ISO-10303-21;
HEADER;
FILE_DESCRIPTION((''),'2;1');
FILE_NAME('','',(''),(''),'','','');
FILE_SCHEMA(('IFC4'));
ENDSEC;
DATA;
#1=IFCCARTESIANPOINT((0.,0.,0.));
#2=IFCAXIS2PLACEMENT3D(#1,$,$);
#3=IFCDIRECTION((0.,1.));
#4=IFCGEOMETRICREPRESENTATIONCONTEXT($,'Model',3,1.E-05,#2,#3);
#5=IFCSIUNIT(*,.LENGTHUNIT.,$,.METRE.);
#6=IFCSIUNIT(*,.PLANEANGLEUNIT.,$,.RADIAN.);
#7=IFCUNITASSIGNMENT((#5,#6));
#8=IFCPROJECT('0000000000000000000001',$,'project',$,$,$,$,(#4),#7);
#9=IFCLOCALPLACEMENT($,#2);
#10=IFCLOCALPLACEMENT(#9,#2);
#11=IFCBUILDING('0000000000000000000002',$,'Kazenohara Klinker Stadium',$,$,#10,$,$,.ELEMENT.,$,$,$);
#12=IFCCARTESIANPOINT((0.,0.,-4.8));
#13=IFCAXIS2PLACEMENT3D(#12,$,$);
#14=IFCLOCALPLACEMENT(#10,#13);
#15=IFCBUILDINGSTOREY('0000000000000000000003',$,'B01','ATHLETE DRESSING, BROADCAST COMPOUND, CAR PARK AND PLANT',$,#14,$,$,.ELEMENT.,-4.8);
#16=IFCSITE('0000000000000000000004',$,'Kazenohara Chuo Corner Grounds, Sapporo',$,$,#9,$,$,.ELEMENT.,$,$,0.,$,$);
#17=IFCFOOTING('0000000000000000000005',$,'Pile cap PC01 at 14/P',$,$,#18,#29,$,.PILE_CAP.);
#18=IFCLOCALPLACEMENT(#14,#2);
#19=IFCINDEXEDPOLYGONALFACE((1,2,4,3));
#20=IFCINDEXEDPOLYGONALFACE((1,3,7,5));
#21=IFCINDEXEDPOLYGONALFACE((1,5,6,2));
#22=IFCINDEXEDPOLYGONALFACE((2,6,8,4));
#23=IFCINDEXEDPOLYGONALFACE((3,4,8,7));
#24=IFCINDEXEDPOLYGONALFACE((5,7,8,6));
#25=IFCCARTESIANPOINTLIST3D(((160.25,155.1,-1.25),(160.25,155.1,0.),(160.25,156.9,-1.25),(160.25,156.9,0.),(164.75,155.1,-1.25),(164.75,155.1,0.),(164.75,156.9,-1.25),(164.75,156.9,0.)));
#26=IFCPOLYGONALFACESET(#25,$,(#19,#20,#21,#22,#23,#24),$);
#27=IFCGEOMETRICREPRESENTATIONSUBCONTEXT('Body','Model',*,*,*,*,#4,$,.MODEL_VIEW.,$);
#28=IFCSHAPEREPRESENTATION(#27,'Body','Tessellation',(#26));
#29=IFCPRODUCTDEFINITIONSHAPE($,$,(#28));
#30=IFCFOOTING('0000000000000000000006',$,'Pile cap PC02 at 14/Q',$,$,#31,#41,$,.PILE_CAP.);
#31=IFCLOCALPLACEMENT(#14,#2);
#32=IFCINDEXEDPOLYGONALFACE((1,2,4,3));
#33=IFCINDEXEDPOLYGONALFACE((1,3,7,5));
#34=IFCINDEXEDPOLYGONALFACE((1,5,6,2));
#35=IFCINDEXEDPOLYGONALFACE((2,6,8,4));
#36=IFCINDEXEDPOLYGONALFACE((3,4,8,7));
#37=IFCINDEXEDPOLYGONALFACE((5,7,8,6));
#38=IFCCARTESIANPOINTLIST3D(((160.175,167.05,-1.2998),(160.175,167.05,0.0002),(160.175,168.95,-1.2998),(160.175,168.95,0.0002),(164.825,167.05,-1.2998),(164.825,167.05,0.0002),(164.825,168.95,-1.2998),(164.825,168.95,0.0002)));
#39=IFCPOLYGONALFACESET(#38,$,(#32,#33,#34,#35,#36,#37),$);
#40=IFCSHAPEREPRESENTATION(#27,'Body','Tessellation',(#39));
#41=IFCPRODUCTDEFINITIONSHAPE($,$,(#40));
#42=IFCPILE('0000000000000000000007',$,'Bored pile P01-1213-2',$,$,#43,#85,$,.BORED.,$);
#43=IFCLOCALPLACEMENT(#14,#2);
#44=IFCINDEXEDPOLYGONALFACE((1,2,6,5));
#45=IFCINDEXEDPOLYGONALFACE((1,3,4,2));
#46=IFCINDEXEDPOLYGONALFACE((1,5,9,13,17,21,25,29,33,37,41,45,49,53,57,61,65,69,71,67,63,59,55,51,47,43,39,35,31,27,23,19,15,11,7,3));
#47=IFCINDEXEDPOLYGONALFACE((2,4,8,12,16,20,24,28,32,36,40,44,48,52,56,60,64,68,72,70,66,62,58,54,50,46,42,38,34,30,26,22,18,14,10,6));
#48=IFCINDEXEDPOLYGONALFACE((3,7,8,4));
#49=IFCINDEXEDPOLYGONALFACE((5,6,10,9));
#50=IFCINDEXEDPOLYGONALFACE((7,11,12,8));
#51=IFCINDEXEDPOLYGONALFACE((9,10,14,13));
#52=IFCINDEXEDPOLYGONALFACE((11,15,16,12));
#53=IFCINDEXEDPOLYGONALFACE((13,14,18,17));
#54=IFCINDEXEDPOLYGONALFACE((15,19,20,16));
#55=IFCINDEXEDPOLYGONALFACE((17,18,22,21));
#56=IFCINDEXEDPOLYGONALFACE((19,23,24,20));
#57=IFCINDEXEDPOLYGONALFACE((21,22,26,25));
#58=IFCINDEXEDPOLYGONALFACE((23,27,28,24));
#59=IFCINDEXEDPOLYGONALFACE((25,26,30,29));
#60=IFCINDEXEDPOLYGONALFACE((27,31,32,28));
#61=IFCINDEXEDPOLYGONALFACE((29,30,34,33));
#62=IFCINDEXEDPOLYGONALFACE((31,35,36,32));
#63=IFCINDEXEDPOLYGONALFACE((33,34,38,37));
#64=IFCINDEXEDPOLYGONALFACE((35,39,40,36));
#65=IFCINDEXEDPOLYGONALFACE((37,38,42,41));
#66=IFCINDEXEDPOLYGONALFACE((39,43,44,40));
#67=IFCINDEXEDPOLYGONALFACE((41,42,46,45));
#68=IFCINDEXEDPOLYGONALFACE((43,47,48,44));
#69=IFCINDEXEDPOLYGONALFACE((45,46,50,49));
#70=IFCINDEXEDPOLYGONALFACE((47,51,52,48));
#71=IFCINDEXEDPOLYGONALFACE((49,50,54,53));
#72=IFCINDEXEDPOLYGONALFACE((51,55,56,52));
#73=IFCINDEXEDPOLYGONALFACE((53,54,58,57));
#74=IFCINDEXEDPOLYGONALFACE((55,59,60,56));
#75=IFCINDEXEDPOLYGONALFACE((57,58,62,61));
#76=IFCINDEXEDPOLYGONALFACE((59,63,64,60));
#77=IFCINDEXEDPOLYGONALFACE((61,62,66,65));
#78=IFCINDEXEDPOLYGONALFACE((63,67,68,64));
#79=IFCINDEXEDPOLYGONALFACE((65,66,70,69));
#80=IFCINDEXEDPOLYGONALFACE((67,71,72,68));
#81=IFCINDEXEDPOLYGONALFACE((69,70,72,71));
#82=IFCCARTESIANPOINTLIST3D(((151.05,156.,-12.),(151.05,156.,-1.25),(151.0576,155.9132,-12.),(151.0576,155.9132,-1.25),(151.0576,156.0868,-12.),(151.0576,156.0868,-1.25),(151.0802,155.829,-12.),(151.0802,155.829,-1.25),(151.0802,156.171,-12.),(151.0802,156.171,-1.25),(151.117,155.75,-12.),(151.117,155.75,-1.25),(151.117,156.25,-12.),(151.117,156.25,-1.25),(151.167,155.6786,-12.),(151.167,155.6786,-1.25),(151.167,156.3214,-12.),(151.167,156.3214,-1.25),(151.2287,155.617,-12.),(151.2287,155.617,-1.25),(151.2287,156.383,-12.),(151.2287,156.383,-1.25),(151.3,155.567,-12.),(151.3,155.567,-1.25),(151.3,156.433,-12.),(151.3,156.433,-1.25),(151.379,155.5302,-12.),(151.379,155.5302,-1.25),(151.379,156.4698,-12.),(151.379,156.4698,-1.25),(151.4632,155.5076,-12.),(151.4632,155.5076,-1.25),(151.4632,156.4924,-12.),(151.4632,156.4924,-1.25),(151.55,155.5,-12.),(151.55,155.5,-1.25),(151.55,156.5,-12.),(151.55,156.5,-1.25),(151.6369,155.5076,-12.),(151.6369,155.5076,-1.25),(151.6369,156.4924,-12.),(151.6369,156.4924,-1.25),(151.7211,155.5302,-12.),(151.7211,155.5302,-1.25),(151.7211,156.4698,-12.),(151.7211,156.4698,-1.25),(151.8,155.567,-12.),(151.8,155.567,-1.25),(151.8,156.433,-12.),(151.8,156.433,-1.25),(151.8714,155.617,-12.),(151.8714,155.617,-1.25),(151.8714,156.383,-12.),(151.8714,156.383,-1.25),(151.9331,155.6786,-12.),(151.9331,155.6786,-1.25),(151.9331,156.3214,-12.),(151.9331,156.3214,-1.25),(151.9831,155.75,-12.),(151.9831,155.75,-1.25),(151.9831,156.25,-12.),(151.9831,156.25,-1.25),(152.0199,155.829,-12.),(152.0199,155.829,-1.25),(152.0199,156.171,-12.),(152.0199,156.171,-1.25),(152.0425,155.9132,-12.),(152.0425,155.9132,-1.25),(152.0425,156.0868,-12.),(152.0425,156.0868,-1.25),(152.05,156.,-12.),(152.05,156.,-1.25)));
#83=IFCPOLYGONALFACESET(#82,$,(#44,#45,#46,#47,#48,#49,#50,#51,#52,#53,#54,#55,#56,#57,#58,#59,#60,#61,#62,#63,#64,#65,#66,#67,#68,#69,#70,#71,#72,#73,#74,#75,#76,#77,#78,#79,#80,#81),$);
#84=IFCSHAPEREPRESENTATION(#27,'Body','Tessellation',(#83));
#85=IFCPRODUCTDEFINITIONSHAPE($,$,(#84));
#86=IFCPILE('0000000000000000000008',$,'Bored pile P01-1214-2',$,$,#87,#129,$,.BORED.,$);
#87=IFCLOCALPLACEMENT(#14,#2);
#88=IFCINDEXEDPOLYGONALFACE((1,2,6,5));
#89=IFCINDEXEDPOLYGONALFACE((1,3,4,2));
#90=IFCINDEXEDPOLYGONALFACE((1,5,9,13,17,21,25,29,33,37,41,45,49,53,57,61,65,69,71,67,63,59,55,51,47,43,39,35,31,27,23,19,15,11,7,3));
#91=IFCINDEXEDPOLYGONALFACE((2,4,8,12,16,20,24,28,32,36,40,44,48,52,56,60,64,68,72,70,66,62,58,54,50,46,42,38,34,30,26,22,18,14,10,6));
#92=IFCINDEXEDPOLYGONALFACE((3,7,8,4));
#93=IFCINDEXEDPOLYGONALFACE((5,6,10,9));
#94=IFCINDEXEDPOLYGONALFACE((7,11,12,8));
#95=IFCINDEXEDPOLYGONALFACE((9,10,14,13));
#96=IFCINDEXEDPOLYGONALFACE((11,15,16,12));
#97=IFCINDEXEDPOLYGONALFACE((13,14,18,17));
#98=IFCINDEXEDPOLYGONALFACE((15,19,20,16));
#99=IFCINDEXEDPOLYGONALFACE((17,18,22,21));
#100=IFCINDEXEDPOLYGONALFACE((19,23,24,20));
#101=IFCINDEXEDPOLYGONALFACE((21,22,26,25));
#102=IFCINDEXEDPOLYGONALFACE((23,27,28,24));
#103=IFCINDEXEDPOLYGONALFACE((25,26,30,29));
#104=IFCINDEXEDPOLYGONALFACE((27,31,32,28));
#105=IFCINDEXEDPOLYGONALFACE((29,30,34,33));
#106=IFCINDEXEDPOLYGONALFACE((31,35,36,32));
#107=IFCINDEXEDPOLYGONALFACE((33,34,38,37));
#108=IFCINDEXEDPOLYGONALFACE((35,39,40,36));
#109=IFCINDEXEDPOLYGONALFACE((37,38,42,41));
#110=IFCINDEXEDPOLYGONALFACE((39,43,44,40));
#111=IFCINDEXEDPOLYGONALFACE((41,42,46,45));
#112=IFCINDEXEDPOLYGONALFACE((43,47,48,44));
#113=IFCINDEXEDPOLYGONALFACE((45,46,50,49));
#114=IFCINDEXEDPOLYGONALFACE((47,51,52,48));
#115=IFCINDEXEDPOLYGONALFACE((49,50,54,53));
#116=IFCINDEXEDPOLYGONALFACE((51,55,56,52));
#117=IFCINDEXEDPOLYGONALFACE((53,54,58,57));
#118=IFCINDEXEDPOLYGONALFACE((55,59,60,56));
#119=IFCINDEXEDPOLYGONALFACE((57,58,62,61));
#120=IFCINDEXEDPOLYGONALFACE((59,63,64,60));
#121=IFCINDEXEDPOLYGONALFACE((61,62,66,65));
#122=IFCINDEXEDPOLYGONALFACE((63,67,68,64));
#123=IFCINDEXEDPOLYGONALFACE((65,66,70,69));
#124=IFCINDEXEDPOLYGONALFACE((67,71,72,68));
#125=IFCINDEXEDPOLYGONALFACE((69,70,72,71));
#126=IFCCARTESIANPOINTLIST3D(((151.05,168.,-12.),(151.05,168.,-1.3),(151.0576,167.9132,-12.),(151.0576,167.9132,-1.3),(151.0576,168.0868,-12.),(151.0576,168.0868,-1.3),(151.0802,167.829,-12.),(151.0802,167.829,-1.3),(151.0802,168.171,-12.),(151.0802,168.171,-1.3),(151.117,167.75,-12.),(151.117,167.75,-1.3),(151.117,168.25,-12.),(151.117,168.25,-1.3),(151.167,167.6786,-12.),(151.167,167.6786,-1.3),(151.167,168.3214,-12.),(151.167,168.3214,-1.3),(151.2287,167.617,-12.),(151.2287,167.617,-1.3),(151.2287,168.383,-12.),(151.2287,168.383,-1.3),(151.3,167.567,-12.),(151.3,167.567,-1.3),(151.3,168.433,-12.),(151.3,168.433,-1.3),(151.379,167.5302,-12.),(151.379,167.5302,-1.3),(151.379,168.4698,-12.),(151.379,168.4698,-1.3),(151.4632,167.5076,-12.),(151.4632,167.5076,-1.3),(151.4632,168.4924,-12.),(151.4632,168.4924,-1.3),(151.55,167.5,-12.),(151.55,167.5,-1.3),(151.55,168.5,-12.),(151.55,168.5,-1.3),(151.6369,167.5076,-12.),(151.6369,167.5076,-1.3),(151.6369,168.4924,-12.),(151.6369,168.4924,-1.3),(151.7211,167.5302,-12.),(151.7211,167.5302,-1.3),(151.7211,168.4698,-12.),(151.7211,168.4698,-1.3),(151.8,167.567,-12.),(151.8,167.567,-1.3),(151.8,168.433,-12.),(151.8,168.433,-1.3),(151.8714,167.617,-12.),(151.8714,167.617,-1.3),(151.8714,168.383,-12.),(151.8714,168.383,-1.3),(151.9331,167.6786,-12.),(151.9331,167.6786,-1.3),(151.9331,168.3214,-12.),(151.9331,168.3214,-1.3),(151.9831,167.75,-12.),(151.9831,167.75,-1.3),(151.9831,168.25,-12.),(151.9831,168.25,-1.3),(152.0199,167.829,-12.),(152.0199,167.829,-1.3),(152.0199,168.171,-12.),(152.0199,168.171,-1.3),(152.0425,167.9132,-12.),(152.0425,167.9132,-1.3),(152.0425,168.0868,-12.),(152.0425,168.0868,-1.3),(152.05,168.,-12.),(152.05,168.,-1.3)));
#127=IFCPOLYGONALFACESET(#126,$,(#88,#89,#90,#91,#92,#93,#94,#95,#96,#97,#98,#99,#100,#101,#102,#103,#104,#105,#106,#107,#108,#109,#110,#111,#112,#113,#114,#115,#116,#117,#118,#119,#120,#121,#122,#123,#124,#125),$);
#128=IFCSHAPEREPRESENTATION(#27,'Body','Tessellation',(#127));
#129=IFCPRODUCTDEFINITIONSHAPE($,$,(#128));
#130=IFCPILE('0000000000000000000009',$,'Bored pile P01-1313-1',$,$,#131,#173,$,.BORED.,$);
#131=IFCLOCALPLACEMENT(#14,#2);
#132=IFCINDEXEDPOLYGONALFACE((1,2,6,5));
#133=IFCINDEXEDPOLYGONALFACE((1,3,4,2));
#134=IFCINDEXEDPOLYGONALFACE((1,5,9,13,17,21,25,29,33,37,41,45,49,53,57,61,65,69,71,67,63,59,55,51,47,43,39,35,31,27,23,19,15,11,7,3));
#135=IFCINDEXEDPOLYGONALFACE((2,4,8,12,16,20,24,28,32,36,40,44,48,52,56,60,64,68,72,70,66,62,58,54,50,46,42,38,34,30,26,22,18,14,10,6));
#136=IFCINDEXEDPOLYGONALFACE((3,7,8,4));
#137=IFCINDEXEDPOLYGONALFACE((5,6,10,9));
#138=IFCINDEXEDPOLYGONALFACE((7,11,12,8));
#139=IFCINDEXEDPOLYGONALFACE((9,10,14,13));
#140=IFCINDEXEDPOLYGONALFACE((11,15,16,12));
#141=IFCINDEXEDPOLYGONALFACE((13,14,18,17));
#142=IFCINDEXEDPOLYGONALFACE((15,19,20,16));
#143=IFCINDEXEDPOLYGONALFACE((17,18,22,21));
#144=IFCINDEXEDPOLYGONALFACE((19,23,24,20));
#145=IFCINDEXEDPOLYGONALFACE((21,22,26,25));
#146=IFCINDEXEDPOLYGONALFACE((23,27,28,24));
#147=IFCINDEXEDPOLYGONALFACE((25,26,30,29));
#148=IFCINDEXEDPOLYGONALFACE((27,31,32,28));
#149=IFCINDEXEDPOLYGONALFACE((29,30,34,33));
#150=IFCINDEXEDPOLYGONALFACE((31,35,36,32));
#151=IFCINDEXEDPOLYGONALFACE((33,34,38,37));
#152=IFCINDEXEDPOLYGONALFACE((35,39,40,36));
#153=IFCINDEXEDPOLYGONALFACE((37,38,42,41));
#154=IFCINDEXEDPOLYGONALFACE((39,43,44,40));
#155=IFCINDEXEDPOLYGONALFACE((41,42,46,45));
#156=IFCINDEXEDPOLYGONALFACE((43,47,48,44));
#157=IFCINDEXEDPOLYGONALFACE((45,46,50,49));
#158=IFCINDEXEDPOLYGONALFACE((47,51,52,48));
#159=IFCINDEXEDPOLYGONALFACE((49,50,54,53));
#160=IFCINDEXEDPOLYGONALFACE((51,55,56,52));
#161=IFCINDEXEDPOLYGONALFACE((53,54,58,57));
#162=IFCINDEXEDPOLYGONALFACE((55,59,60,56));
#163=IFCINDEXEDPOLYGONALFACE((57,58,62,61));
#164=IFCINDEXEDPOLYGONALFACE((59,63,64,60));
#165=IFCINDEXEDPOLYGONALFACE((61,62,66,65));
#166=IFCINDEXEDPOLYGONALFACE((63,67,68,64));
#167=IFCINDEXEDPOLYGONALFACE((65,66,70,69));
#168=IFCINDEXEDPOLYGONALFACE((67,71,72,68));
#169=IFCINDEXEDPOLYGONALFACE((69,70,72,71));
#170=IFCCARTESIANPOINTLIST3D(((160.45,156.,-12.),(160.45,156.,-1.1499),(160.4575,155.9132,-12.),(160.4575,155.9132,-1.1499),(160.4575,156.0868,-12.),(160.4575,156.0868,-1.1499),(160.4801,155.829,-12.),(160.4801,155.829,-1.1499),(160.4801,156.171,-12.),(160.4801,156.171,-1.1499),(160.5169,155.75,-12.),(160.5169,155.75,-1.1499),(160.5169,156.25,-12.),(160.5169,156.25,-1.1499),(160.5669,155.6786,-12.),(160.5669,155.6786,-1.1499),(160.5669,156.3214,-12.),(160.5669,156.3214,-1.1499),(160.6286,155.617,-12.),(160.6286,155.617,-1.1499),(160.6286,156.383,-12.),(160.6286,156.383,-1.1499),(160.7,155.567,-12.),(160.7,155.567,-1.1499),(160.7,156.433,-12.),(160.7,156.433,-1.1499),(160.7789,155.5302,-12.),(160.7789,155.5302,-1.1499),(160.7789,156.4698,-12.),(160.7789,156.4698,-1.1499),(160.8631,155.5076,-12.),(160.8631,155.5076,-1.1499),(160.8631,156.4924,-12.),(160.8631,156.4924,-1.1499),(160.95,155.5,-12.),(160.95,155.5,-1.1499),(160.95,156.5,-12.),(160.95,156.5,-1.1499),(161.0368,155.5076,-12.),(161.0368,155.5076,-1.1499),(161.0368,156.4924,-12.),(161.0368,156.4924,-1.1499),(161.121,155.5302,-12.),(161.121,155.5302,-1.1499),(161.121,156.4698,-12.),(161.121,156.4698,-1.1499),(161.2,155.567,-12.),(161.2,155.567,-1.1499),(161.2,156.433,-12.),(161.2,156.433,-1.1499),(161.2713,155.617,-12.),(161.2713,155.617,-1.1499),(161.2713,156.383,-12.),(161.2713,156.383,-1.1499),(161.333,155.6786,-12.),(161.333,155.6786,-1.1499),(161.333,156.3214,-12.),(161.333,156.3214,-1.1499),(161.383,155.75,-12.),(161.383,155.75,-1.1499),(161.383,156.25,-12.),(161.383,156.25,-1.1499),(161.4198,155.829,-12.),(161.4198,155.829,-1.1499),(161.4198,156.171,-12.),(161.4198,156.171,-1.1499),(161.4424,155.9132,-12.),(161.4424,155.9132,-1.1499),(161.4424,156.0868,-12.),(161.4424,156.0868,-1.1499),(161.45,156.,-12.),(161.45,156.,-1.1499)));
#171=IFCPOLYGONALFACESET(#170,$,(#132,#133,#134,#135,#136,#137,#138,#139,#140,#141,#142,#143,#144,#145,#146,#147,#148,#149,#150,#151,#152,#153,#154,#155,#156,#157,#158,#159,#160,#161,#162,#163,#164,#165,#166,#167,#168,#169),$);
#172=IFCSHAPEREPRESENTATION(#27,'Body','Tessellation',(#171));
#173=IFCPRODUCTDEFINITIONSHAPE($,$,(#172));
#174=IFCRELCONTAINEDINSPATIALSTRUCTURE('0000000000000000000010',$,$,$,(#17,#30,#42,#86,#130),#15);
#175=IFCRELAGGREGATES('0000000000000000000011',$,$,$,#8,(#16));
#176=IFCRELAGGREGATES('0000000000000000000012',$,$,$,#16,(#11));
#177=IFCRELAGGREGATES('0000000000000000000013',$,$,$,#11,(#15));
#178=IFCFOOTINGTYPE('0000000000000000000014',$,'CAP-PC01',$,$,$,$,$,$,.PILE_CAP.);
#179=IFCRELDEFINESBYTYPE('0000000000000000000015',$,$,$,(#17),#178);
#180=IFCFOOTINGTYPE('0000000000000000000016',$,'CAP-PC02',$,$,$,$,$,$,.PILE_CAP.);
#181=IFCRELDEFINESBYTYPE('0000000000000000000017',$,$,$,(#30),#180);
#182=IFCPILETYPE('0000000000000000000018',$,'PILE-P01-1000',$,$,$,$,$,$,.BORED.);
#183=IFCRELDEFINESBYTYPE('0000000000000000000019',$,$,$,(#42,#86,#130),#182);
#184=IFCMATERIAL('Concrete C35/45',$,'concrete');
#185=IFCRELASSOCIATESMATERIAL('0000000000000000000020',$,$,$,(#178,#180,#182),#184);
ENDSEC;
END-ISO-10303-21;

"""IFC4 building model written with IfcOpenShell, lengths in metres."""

from ifc_helpers import new_model, si_unit, direction, frame, origin, origin_2d, place, context, subcontext, project, spatial, rectangle, circle, extrude, material, material_profile, profile_set, type_object, element, save


model = new_model("IFC4")

# Units and contexts
model_context = context("Model", 3, precision=1e-05, world=origin(), true_north=direction((0.0, 1.0)))
body_context = subcontext(model_context, "Body", "Model", "MODEL_VIEW")
ifc_project = project(units=[si_unit("LENGTHUNIT", "METRE"), si_unit("PLANEANGLEUNIT", "RADIAN")], contexts=[model_context])

# Site, building, storey
site_placement = place(None, origin())
site = spatial("IfcSite", under=ifc_project, at=site_placement, Name="Kazenohara Chuo Corner Grounds, Sapporo", CompositionType="ELEMENT", RefElevation=0.0)
building_placement = place(site_placement, origin())
building = spatial("IfcBuilding", under=site, at=building_placement, Name="Kazenohara Klinker Stadium", CompositionType="ELEMENT")
storey_placement = place(building_placement, frame((0.0, 0.0, -4.8)))
storey = spatial("IfcBuildingStorey", under=building, at=storey_placement, Name="B01", Description="ATHLETE DRESSING, BROADCAST COMPOUND, CAR PARK AND PLANT", CompositionType="ELEMENT", Elevation=-4.8)

# Footings
ifc_material_1 = material(Name="Concrete C35/45", Category="concrete")
footing_type_1 = type_object("IfcFootingType", Name="CAP-PC01", PredefinedType="PILE_CAP", material=ifc_material_1)
footing_1_placement = place(storey_placement, frame((162.5, 156.0, -1.25), z_axis=(0.0, 0.0, 1.0), x_axis=(1.0, 0.0, 0.0)))
element("IfcFooting", 1, at=footing_1_placement, inside=storey, type_object=footing_type_1, Name="Pile cap PC01 at 14/P", PredefinedType="PILE_CAP", context=body_context, shape_type="SweptSolid", body=[
    extrude(rectangle(XDim=4.5, YDim=1.8, at=origin_2d()), origin(), (0.0, 0.0, 1.0), 1.25),
])
footing_type_2 = type_object("IfcFootingType", Name="CAP-PC02", PredefinedType="PILE_CAP", material=ifc_material_1)
footing_2_placement = place(storey_placement, frame((162.5, 168.0, -1.2998), z_axis=(0.0, 0.0, 1.0), x_axis=(1.0, 0.0, 0.0)))
element("IfcFooting", 2, at=footing_2_placement, inside=storey, type_object=footing_type_2, Name="Pile cap PC02 at 14/Q", PredefinedType="PILE_CAP", context=body_context, shape_type="SweptSolid", body=[
    extrude(rectangle(XDim=4.6499, YDim=1.8999, at=origin_2d()), origin(), (0.0, 0.0, 1.0), 1.3),
])

# Piles
ifc_material_profile_1 = material_profile(ifc_material_1, circle(Radius=0.5, at=origin_2d()), Name="BORED-PILE-1000")
ifc_profile_set_1 = profile_set([ifc_material_profile_1], Name="Concrete C35/45")
pile_type_1 = type_object("IfcPileType", Name="PILE-P01-1000", PredefinedType="BORED", material=ifc_profile_set_1)
pile_1_placement = place(storey_placement, frame((151.55, 156.0, -1.25), z_axis=(0.0, 0.0, -1.0), x_axis=(1.0, 0.0, 0.0)))
element("IfcPile", 3, at=pile_1_placement, inside=storey, type_object=pile_type_1, Name="Bored pile P01-1213-2", PredefinedType="BORED", context=body_context, shape_type="SweptSolid", body=[
    extrude(circle(Radius=0.5, at=origin_2d()), origin(), (0.0, 0.0, 1.0), 10.75),
])
pile_2_placement = place(storey_placement, frame((151.55, 168.0, -1.3), z_axis=(0.0, 0.0, -1.0), x_axis=(1.0, 0.0, 0.0)))
element("IfcPile", 4, at=pile_2_placement, inside=storey, type_object=pile_type_1, Name="Bored pile P01-1214-2", PredefinedType="BORED", context=body_context, shape_type="SweptSolid", body=[
    extrude(circle(Radius=0.5, at=origin_2d()), origin(), (0.0, 0.0, 1.0), 10.7),
])
for number, where, z_axis, x_axis, name in (
    (5, (160.95, 156.0, -1.1499), (0.0, 0.0, -1.0), (1.0, 0.0, 0.0), "Bored pile P01-1313-1"),
):
    element("IfcPile", number, at=place(storey_placement, frame(where, z_axis=z_axis, x_axis=x_axis)), inside=storey, type_object=pile_type_1, Name=name, PredefinedType="BORED", context=body_context, shape_type="SweptSolid", body=[
        extrude(circle(Radius=0.5, at=origin_2d()), origin(), (0.0, 0.0, 1.0), 10.8501),
    ])

save(model, "model.ifc")
